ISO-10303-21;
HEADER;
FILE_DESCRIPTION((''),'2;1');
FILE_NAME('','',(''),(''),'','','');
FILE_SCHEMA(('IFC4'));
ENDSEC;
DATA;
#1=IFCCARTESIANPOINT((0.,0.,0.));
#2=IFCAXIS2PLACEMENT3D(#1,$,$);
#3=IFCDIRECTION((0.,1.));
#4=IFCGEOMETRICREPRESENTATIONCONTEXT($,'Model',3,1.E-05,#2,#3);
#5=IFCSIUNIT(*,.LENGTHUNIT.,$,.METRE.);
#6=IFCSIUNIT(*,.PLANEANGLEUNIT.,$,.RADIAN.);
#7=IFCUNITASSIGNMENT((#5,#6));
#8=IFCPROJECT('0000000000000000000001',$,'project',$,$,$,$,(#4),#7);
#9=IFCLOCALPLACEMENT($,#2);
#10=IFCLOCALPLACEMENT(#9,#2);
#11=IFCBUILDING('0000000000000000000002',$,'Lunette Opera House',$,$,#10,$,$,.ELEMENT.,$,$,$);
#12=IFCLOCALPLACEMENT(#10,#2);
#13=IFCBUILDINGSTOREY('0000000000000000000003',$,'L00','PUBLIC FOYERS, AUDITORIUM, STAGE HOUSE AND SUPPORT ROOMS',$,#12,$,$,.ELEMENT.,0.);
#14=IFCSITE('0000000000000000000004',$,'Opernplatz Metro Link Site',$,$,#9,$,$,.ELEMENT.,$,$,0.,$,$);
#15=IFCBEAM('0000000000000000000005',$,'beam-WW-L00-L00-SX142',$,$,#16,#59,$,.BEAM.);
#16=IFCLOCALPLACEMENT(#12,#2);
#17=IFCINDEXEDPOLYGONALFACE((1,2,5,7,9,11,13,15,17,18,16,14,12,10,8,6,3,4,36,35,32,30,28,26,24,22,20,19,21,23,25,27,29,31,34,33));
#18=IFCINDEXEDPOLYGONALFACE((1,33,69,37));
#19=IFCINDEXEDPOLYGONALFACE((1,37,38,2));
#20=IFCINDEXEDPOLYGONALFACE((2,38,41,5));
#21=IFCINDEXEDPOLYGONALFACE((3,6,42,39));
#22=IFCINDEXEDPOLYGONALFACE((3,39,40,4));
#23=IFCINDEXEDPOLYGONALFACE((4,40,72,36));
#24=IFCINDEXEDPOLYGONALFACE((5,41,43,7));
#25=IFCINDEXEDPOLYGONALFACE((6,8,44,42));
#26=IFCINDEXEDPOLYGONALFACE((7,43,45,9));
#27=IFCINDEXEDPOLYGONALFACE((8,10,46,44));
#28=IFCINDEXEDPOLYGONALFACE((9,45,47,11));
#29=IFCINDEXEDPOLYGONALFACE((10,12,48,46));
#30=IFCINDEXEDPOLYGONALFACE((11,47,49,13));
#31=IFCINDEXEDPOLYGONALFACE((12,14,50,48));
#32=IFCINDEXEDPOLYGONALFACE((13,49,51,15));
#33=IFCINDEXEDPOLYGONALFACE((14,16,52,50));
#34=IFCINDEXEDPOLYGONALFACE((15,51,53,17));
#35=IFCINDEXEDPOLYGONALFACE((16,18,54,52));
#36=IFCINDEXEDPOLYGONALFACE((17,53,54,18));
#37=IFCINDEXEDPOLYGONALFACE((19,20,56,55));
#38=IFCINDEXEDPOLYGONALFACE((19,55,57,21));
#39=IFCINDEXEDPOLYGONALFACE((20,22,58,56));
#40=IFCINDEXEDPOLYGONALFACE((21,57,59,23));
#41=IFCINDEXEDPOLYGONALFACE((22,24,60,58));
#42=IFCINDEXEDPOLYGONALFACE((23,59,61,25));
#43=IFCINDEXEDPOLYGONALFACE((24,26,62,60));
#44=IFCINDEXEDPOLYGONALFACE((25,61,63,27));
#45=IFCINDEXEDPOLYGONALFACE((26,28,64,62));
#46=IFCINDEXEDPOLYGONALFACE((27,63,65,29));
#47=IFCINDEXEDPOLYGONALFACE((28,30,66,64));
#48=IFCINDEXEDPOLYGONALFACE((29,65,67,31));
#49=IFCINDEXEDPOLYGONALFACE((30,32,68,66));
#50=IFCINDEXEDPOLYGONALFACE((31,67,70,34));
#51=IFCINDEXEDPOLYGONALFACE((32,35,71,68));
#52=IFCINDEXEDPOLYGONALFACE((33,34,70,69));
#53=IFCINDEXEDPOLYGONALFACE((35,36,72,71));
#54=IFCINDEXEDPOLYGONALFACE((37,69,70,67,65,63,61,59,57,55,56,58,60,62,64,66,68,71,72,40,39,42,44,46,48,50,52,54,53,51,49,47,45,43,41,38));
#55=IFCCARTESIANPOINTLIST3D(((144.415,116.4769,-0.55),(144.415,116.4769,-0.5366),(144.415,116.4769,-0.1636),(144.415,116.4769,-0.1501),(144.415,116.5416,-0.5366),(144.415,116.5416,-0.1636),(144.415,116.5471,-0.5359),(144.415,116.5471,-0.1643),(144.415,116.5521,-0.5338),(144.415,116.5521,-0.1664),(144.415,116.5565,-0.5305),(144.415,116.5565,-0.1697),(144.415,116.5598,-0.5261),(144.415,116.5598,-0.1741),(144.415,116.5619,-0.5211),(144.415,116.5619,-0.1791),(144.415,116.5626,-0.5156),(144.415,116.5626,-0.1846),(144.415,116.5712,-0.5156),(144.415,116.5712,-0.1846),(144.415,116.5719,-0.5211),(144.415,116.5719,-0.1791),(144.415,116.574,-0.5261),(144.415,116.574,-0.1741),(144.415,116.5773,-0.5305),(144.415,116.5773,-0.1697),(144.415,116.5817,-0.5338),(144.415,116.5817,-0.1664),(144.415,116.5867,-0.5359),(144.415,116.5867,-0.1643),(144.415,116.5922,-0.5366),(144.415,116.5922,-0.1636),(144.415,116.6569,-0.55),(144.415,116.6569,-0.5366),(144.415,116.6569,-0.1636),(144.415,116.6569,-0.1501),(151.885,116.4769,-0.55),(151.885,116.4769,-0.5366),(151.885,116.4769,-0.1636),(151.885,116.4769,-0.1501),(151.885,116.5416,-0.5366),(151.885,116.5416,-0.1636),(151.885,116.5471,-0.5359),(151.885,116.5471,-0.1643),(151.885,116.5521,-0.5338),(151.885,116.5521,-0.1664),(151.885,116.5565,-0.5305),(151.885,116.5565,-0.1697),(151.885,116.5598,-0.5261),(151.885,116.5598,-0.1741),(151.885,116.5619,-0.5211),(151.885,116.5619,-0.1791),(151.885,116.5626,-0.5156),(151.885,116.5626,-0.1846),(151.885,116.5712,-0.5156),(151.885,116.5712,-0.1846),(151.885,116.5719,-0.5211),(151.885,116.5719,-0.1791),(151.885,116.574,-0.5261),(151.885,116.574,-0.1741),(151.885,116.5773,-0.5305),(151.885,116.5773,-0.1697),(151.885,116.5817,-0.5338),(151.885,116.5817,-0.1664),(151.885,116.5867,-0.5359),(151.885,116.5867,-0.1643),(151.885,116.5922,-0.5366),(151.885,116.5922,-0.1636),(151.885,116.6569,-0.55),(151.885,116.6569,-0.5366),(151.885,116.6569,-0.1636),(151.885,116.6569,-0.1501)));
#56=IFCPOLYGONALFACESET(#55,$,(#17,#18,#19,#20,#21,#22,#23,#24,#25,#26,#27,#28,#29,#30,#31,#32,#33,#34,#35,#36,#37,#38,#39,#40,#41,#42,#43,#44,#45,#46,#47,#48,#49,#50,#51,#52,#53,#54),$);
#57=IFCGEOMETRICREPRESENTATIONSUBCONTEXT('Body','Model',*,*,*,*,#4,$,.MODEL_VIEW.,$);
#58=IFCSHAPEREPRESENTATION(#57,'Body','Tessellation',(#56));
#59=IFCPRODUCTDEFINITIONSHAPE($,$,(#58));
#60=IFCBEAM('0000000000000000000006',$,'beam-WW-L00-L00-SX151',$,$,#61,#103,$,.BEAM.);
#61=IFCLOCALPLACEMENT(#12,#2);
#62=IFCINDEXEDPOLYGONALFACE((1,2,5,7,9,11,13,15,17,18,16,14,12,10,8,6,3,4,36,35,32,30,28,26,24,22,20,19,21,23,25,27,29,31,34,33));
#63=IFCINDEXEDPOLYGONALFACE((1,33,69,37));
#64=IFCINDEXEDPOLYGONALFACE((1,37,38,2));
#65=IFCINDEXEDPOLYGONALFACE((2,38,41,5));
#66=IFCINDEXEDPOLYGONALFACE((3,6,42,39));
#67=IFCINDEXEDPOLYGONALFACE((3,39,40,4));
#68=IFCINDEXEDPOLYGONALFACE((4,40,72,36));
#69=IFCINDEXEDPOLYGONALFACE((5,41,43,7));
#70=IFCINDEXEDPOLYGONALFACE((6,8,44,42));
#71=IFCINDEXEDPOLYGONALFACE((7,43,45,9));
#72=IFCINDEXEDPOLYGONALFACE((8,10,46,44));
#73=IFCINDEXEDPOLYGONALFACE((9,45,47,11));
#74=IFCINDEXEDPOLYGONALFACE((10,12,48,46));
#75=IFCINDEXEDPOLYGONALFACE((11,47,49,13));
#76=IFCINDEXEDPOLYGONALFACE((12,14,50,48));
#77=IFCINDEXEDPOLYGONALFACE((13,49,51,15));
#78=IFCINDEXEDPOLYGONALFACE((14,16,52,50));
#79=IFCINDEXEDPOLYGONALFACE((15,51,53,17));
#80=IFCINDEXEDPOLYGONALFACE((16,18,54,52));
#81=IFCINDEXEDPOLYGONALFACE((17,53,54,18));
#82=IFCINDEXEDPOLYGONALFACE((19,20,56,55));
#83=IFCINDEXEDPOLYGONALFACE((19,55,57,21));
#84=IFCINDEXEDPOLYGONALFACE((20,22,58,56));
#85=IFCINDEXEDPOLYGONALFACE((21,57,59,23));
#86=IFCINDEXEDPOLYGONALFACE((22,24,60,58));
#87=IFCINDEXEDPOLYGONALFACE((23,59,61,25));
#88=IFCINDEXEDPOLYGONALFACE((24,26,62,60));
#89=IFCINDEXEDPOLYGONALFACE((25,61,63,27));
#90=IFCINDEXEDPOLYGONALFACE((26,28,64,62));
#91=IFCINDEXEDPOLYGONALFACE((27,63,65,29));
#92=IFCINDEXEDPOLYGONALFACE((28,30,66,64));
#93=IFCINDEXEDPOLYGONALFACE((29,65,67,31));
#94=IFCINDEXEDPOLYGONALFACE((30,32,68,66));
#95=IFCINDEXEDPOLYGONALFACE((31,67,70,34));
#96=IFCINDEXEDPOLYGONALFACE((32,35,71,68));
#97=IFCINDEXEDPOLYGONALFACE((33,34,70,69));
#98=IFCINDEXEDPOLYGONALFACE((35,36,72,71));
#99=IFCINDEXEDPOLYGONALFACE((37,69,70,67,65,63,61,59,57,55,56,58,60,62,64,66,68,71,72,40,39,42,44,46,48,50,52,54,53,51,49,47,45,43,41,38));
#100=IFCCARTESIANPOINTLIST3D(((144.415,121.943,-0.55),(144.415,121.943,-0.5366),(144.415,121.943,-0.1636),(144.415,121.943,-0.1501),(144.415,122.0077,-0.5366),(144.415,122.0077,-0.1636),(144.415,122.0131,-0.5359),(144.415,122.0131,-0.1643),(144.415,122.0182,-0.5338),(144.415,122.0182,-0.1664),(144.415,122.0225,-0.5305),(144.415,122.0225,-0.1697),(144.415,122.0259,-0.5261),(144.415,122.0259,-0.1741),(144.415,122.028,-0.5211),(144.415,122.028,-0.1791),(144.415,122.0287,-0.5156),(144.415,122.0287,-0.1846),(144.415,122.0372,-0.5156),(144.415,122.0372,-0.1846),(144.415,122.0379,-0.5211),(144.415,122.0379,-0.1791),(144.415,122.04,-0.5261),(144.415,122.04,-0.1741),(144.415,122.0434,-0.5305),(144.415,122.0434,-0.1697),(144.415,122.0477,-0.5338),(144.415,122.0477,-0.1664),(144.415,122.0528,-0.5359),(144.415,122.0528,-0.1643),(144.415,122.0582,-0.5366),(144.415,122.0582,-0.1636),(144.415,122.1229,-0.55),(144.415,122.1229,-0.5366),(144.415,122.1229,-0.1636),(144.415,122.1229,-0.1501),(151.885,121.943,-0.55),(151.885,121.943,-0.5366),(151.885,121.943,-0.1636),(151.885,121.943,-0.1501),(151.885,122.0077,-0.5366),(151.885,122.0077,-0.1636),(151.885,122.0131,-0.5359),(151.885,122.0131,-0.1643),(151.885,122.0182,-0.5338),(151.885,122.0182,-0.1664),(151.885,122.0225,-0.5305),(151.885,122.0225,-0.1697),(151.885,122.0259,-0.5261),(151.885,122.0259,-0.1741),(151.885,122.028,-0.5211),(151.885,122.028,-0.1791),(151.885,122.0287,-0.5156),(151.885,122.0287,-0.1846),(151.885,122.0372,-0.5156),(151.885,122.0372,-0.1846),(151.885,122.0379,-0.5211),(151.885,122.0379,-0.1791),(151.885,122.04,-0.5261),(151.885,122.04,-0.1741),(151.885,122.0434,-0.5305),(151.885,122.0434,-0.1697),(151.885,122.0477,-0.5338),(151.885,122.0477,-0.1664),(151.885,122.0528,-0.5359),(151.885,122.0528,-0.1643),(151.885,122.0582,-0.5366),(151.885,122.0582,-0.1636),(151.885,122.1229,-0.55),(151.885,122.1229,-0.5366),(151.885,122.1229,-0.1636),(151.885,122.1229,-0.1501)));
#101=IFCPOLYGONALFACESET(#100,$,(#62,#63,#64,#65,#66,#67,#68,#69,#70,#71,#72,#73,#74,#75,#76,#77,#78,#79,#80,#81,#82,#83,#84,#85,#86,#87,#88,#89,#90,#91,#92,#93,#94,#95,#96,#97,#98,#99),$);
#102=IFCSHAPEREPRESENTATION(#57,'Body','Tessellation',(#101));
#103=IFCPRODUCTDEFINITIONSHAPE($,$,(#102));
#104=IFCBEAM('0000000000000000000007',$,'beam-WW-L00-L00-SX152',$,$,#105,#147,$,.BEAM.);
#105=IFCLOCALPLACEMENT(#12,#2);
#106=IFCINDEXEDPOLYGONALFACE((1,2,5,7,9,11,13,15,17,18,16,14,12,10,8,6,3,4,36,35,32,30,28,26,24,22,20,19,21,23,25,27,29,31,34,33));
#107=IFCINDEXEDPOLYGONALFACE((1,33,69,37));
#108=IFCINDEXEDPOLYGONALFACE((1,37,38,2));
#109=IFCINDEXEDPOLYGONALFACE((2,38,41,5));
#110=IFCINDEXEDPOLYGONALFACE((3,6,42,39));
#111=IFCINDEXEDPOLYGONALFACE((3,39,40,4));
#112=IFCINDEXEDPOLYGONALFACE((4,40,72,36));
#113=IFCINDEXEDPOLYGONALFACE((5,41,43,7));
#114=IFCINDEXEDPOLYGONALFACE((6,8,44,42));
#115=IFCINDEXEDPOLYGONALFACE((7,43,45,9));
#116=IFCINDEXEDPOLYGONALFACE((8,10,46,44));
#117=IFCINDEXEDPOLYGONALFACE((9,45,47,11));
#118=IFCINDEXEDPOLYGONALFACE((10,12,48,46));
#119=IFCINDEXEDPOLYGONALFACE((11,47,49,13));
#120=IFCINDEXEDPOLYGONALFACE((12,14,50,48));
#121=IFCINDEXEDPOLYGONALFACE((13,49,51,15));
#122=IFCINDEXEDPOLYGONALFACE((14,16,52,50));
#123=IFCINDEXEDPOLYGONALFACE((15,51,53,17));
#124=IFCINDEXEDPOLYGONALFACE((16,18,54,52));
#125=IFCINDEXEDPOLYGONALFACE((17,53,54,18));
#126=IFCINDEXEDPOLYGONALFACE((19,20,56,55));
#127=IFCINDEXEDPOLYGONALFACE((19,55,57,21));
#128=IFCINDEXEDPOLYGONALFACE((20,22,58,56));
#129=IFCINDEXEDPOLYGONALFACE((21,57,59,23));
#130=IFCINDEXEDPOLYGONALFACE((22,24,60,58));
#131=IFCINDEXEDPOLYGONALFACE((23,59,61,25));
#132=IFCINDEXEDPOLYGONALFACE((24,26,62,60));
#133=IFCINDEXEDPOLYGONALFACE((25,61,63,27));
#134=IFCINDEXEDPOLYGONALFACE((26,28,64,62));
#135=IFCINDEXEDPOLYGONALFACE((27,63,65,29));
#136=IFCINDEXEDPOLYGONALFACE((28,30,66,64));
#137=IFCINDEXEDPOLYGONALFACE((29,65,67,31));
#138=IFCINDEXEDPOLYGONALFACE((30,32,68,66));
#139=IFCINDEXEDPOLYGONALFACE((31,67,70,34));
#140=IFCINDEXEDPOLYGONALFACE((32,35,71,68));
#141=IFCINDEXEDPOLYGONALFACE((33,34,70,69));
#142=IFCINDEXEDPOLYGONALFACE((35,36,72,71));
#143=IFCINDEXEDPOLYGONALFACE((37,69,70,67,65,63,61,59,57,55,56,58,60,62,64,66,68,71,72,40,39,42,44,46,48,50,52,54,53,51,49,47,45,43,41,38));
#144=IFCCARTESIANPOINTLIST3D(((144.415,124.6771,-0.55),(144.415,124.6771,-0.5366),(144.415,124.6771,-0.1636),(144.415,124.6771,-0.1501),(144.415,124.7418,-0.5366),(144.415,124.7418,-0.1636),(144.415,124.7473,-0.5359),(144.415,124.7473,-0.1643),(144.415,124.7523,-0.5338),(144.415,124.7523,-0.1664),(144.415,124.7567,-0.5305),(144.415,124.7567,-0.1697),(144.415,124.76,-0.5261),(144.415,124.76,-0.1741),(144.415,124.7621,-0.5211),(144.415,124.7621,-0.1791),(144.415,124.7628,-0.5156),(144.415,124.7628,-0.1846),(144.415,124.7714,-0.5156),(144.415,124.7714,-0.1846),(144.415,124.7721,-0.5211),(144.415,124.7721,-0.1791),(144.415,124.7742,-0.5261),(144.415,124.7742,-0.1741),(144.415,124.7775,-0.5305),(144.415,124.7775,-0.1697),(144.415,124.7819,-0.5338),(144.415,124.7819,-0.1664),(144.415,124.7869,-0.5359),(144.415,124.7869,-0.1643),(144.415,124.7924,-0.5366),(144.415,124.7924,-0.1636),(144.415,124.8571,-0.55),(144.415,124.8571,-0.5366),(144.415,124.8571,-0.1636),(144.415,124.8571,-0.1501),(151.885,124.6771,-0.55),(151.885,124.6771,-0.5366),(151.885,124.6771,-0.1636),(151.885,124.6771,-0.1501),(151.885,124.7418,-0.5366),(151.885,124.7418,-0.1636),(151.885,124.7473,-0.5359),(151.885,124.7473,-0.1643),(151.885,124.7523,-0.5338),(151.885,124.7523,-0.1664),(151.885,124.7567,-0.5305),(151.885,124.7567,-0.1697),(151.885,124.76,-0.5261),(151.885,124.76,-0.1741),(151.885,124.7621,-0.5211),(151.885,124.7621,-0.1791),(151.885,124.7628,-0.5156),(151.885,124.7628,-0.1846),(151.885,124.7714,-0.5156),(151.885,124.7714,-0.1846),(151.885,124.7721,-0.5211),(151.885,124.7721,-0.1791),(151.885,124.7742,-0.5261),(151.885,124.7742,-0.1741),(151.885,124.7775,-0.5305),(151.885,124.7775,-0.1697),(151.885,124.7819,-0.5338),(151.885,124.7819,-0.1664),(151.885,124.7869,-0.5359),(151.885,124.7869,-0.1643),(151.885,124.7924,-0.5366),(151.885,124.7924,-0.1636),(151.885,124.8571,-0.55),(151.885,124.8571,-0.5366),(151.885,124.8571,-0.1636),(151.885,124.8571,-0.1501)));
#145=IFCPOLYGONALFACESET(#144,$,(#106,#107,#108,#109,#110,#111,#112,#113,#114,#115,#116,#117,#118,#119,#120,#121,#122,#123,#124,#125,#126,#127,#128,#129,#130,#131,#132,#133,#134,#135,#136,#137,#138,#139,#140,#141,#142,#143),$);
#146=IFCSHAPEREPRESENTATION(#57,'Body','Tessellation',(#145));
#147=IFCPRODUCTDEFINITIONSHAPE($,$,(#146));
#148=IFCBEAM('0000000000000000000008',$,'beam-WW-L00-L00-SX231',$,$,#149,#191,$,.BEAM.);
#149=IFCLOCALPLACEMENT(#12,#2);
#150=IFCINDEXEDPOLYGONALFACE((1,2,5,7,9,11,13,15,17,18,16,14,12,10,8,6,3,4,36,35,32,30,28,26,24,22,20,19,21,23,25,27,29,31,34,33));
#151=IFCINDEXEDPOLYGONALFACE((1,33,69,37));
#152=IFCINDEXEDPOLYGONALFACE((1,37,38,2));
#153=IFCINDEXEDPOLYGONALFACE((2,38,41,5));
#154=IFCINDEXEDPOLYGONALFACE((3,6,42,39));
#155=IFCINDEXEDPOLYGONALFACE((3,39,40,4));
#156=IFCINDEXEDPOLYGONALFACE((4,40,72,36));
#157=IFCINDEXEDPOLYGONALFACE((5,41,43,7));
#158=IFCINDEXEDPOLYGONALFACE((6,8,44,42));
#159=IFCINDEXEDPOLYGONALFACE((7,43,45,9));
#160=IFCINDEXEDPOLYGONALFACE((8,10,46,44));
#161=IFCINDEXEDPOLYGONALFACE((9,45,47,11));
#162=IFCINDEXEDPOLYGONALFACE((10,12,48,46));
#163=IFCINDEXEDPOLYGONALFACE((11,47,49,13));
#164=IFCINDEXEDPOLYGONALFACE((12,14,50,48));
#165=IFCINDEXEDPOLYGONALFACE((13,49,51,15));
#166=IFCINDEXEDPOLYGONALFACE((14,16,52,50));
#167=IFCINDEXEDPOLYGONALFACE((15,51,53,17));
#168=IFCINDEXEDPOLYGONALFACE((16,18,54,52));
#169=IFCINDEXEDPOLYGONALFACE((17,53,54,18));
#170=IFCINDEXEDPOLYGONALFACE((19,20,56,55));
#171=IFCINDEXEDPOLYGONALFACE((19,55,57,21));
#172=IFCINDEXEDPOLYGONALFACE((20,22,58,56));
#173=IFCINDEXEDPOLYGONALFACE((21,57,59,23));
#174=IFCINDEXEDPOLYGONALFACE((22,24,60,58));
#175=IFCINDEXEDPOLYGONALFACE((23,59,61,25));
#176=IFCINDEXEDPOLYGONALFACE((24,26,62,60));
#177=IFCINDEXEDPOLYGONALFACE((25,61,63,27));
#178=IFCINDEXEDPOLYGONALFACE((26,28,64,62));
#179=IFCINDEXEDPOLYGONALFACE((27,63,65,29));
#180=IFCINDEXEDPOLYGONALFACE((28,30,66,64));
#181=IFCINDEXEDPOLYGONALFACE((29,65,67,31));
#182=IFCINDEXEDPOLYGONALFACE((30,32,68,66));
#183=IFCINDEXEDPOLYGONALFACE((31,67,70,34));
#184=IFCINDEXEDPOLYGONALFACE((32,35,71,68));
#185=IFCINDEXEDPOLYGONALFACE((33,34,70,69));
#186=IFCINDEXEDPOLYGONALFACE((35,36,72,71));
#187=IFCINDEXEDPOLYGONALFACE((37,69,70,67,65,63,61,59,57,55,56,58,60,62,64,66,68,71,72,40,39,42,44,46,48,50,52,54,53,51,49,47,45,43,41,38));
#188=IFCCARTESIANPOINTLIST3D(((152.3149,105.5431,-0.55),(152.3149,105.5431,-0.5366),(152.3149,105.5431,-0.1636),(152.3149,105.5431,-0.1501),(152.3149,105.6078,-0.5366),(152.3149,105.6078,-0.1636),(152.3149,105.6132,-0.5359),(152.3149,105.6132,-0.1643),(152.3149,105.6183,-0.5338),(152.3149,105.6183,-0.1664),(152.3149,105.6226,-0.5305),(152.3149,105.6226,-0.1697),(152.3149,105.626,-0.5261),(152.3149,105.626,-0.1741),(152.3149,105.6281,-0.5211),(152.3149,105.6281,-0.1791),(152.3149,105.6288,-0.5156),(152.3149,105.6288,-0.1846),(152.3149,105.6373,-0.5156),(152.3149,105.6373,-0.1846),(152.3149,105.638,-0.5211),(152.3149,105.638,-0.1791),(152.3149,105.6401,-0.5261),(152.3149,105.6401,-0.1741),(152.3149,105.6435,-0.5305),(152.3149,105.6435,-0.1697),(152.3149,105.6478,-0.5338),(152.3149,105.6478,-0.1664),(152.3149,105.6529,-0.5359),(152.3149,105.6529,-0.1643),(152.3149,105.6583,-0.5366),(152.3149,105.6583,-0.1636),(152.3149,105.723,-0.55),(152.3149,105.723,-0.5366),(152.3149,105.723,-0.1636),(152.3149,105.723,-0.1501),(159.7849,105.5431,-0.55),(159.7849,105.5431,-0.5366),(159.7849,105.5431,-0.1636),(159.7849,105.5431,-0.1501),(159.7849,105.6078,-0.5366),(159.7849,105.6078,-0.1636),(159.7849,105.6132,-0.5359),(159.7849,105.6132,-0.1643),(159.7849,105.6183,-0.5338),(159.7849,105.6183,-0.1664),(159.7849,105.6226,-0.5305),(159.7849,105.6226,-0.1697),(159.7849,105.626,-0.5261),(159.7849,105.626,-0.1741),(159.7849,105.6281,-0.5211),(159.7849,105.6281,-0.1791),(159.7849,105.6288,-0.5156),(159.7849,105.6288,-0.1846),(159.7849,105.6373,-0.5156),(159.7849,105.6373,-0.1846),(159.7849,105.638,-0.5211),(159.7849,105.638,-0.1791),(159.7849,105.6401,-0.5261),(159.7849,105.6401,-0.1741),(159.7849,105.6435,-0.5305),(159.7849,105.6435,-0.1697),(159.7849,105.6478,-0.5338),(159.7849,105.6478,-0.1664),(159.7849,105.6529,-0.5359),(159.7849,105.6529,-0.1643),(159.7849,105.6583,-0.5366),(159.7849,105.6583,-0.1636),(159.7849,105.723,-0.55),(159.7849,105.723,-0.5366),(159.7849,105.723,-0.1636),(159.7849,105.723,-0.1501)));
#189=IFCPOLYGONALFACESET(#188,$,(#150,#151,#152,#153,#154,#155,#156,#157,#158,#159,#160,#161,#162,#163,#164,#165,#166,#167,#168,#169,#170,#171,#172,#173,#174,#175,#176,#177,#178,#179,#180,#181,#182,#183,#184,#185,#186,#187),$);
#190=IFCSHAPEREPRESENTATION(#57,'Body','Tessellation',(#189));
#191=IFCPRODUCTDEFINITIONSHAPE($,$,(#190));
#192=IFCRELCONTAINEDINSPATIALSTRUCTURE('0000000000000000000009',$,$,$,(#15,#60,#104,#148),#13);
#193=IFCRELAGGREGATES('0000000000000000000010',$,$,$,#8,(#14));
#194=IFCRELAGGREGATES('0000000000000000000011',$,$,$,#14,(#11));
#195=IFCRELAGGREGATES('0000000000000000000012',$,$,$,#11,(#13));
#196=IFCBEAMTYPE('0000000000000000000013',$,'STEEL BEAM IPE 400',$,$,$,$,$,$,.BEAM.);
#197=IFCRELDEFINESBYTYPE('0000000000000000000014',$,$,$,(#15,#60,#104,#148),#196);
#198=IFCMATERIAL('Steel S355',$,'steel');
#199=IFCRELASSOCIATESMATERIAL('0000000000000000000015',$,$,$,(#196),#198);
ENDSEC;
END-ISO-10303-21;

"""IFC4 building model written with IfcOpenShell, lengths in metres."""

from ifc_helpers import new_model, si_unit, direction, frame, origin, origin_2d, place, context, subcontext, project, spatial, i_section, extrude, material, material_profile, profile_set, type_object, element, save


model = new_model("IFC4")

# Units and contexts
model_context = context("Model", 3, precision=1e-05, world=origin(), true_north=direction((0.0, 1.0)))
body_context = subcontext(model_context, "Body", "Model", "MODEL_VIEW")
ifc_project = project(units=[si_unit("LENGTHUNIT", "METRE"), si_unit("PLANEANGLEUNIT", "RADIAN")], contexts=[model_context])

# Site, building, storey
site_placement = place(None, origin())
site = spatial("IfcSite", under=ifc_project, at=site_placement, Name="Opernplatz Metro Link Site", CompositionType="ELEMENT", RefElevation=0.0)
building_placement = place(site_placement, origin())
building = spatial("IfcBuilding", under=site, at=building_placement, Name="Lunette Opera House", CompositionType="ELEMENT")
storey_placement = place(building_placement, origin())
storey = spatial("IfcBuildingStorey", under=building, at=storey_placement, Name="L00", Description="PUBLIC FOYERS, AUDITORIUM, STAGE HOUSE AND SUPPORT ROOMS", CompositionType="ELEMENT", Elevation=0.0)

# Beams
ifc_material_1 = material(Name="Steel S355", Category="steel")
ifc_material_profile_1 = material_profile(ifc_material_1, i_section(OverallWidth=0.1799, OverallDepth=0.3999, WebThickness=0.0085, FlangeThickness=0.0134, FilletRadius=0.021, at=origin_2d()), Name="IPE 400")
ifc_profile_set_1 = profile_set([ifc_material_profile_1], Name="Steel S355")
beam_type_1 = type_object("IfcBeamType", Name="STEEL BEAM IPE 400", PredefinedType="BEAM", material=ifc_profile_set_1)
for number, where, z_axis, x_axis, name in (
    (1, (144.415, 116.5669, -0.3501), (1.0, 0.0, 0.0), (0.0, 1.0, 0.0), "beam-WW-L00-L00-SX142"),
    (2, (144.415, 122.033, -0.3501), (1.0, 0.0, 0.0), (0.0, 1.0, 0.0), "beam-WW-L00-L00-SX151"),
    (3, (144.415, 124.7671, -0.3501), (1.0, 0.0, 0.0), (0.0, 1.0, 0.0), "beam-WW-L00-L00-SX152"),
    (4, (152.3149, 105.6331, -0.3501), (1.0, 0.0, 0.0), (0.0, 1.0, 0.0), "beam-WW-L00-L00-SX231"),
):
    element("IfcBeam", number, at=place(storey_placement, frame(where, z_axis=z_axis, x_axis=x_axis)), inside=storey, type_object=beam_type_1, Name=name, PredefinedType="BEAM", context=body_context, shape_type="SweptSolid", body=[
        extrude(i_section(OverallWidth=0.1799, OverallDepth=0.3999, WebThickness=0.0085, FlangeThickness=0.0134, FilletRadius=0.021, at=origin_2d()), origin(), (0.0, 0.0, 1.0), 7.47),
    ])

save(model, "model.ifc")
